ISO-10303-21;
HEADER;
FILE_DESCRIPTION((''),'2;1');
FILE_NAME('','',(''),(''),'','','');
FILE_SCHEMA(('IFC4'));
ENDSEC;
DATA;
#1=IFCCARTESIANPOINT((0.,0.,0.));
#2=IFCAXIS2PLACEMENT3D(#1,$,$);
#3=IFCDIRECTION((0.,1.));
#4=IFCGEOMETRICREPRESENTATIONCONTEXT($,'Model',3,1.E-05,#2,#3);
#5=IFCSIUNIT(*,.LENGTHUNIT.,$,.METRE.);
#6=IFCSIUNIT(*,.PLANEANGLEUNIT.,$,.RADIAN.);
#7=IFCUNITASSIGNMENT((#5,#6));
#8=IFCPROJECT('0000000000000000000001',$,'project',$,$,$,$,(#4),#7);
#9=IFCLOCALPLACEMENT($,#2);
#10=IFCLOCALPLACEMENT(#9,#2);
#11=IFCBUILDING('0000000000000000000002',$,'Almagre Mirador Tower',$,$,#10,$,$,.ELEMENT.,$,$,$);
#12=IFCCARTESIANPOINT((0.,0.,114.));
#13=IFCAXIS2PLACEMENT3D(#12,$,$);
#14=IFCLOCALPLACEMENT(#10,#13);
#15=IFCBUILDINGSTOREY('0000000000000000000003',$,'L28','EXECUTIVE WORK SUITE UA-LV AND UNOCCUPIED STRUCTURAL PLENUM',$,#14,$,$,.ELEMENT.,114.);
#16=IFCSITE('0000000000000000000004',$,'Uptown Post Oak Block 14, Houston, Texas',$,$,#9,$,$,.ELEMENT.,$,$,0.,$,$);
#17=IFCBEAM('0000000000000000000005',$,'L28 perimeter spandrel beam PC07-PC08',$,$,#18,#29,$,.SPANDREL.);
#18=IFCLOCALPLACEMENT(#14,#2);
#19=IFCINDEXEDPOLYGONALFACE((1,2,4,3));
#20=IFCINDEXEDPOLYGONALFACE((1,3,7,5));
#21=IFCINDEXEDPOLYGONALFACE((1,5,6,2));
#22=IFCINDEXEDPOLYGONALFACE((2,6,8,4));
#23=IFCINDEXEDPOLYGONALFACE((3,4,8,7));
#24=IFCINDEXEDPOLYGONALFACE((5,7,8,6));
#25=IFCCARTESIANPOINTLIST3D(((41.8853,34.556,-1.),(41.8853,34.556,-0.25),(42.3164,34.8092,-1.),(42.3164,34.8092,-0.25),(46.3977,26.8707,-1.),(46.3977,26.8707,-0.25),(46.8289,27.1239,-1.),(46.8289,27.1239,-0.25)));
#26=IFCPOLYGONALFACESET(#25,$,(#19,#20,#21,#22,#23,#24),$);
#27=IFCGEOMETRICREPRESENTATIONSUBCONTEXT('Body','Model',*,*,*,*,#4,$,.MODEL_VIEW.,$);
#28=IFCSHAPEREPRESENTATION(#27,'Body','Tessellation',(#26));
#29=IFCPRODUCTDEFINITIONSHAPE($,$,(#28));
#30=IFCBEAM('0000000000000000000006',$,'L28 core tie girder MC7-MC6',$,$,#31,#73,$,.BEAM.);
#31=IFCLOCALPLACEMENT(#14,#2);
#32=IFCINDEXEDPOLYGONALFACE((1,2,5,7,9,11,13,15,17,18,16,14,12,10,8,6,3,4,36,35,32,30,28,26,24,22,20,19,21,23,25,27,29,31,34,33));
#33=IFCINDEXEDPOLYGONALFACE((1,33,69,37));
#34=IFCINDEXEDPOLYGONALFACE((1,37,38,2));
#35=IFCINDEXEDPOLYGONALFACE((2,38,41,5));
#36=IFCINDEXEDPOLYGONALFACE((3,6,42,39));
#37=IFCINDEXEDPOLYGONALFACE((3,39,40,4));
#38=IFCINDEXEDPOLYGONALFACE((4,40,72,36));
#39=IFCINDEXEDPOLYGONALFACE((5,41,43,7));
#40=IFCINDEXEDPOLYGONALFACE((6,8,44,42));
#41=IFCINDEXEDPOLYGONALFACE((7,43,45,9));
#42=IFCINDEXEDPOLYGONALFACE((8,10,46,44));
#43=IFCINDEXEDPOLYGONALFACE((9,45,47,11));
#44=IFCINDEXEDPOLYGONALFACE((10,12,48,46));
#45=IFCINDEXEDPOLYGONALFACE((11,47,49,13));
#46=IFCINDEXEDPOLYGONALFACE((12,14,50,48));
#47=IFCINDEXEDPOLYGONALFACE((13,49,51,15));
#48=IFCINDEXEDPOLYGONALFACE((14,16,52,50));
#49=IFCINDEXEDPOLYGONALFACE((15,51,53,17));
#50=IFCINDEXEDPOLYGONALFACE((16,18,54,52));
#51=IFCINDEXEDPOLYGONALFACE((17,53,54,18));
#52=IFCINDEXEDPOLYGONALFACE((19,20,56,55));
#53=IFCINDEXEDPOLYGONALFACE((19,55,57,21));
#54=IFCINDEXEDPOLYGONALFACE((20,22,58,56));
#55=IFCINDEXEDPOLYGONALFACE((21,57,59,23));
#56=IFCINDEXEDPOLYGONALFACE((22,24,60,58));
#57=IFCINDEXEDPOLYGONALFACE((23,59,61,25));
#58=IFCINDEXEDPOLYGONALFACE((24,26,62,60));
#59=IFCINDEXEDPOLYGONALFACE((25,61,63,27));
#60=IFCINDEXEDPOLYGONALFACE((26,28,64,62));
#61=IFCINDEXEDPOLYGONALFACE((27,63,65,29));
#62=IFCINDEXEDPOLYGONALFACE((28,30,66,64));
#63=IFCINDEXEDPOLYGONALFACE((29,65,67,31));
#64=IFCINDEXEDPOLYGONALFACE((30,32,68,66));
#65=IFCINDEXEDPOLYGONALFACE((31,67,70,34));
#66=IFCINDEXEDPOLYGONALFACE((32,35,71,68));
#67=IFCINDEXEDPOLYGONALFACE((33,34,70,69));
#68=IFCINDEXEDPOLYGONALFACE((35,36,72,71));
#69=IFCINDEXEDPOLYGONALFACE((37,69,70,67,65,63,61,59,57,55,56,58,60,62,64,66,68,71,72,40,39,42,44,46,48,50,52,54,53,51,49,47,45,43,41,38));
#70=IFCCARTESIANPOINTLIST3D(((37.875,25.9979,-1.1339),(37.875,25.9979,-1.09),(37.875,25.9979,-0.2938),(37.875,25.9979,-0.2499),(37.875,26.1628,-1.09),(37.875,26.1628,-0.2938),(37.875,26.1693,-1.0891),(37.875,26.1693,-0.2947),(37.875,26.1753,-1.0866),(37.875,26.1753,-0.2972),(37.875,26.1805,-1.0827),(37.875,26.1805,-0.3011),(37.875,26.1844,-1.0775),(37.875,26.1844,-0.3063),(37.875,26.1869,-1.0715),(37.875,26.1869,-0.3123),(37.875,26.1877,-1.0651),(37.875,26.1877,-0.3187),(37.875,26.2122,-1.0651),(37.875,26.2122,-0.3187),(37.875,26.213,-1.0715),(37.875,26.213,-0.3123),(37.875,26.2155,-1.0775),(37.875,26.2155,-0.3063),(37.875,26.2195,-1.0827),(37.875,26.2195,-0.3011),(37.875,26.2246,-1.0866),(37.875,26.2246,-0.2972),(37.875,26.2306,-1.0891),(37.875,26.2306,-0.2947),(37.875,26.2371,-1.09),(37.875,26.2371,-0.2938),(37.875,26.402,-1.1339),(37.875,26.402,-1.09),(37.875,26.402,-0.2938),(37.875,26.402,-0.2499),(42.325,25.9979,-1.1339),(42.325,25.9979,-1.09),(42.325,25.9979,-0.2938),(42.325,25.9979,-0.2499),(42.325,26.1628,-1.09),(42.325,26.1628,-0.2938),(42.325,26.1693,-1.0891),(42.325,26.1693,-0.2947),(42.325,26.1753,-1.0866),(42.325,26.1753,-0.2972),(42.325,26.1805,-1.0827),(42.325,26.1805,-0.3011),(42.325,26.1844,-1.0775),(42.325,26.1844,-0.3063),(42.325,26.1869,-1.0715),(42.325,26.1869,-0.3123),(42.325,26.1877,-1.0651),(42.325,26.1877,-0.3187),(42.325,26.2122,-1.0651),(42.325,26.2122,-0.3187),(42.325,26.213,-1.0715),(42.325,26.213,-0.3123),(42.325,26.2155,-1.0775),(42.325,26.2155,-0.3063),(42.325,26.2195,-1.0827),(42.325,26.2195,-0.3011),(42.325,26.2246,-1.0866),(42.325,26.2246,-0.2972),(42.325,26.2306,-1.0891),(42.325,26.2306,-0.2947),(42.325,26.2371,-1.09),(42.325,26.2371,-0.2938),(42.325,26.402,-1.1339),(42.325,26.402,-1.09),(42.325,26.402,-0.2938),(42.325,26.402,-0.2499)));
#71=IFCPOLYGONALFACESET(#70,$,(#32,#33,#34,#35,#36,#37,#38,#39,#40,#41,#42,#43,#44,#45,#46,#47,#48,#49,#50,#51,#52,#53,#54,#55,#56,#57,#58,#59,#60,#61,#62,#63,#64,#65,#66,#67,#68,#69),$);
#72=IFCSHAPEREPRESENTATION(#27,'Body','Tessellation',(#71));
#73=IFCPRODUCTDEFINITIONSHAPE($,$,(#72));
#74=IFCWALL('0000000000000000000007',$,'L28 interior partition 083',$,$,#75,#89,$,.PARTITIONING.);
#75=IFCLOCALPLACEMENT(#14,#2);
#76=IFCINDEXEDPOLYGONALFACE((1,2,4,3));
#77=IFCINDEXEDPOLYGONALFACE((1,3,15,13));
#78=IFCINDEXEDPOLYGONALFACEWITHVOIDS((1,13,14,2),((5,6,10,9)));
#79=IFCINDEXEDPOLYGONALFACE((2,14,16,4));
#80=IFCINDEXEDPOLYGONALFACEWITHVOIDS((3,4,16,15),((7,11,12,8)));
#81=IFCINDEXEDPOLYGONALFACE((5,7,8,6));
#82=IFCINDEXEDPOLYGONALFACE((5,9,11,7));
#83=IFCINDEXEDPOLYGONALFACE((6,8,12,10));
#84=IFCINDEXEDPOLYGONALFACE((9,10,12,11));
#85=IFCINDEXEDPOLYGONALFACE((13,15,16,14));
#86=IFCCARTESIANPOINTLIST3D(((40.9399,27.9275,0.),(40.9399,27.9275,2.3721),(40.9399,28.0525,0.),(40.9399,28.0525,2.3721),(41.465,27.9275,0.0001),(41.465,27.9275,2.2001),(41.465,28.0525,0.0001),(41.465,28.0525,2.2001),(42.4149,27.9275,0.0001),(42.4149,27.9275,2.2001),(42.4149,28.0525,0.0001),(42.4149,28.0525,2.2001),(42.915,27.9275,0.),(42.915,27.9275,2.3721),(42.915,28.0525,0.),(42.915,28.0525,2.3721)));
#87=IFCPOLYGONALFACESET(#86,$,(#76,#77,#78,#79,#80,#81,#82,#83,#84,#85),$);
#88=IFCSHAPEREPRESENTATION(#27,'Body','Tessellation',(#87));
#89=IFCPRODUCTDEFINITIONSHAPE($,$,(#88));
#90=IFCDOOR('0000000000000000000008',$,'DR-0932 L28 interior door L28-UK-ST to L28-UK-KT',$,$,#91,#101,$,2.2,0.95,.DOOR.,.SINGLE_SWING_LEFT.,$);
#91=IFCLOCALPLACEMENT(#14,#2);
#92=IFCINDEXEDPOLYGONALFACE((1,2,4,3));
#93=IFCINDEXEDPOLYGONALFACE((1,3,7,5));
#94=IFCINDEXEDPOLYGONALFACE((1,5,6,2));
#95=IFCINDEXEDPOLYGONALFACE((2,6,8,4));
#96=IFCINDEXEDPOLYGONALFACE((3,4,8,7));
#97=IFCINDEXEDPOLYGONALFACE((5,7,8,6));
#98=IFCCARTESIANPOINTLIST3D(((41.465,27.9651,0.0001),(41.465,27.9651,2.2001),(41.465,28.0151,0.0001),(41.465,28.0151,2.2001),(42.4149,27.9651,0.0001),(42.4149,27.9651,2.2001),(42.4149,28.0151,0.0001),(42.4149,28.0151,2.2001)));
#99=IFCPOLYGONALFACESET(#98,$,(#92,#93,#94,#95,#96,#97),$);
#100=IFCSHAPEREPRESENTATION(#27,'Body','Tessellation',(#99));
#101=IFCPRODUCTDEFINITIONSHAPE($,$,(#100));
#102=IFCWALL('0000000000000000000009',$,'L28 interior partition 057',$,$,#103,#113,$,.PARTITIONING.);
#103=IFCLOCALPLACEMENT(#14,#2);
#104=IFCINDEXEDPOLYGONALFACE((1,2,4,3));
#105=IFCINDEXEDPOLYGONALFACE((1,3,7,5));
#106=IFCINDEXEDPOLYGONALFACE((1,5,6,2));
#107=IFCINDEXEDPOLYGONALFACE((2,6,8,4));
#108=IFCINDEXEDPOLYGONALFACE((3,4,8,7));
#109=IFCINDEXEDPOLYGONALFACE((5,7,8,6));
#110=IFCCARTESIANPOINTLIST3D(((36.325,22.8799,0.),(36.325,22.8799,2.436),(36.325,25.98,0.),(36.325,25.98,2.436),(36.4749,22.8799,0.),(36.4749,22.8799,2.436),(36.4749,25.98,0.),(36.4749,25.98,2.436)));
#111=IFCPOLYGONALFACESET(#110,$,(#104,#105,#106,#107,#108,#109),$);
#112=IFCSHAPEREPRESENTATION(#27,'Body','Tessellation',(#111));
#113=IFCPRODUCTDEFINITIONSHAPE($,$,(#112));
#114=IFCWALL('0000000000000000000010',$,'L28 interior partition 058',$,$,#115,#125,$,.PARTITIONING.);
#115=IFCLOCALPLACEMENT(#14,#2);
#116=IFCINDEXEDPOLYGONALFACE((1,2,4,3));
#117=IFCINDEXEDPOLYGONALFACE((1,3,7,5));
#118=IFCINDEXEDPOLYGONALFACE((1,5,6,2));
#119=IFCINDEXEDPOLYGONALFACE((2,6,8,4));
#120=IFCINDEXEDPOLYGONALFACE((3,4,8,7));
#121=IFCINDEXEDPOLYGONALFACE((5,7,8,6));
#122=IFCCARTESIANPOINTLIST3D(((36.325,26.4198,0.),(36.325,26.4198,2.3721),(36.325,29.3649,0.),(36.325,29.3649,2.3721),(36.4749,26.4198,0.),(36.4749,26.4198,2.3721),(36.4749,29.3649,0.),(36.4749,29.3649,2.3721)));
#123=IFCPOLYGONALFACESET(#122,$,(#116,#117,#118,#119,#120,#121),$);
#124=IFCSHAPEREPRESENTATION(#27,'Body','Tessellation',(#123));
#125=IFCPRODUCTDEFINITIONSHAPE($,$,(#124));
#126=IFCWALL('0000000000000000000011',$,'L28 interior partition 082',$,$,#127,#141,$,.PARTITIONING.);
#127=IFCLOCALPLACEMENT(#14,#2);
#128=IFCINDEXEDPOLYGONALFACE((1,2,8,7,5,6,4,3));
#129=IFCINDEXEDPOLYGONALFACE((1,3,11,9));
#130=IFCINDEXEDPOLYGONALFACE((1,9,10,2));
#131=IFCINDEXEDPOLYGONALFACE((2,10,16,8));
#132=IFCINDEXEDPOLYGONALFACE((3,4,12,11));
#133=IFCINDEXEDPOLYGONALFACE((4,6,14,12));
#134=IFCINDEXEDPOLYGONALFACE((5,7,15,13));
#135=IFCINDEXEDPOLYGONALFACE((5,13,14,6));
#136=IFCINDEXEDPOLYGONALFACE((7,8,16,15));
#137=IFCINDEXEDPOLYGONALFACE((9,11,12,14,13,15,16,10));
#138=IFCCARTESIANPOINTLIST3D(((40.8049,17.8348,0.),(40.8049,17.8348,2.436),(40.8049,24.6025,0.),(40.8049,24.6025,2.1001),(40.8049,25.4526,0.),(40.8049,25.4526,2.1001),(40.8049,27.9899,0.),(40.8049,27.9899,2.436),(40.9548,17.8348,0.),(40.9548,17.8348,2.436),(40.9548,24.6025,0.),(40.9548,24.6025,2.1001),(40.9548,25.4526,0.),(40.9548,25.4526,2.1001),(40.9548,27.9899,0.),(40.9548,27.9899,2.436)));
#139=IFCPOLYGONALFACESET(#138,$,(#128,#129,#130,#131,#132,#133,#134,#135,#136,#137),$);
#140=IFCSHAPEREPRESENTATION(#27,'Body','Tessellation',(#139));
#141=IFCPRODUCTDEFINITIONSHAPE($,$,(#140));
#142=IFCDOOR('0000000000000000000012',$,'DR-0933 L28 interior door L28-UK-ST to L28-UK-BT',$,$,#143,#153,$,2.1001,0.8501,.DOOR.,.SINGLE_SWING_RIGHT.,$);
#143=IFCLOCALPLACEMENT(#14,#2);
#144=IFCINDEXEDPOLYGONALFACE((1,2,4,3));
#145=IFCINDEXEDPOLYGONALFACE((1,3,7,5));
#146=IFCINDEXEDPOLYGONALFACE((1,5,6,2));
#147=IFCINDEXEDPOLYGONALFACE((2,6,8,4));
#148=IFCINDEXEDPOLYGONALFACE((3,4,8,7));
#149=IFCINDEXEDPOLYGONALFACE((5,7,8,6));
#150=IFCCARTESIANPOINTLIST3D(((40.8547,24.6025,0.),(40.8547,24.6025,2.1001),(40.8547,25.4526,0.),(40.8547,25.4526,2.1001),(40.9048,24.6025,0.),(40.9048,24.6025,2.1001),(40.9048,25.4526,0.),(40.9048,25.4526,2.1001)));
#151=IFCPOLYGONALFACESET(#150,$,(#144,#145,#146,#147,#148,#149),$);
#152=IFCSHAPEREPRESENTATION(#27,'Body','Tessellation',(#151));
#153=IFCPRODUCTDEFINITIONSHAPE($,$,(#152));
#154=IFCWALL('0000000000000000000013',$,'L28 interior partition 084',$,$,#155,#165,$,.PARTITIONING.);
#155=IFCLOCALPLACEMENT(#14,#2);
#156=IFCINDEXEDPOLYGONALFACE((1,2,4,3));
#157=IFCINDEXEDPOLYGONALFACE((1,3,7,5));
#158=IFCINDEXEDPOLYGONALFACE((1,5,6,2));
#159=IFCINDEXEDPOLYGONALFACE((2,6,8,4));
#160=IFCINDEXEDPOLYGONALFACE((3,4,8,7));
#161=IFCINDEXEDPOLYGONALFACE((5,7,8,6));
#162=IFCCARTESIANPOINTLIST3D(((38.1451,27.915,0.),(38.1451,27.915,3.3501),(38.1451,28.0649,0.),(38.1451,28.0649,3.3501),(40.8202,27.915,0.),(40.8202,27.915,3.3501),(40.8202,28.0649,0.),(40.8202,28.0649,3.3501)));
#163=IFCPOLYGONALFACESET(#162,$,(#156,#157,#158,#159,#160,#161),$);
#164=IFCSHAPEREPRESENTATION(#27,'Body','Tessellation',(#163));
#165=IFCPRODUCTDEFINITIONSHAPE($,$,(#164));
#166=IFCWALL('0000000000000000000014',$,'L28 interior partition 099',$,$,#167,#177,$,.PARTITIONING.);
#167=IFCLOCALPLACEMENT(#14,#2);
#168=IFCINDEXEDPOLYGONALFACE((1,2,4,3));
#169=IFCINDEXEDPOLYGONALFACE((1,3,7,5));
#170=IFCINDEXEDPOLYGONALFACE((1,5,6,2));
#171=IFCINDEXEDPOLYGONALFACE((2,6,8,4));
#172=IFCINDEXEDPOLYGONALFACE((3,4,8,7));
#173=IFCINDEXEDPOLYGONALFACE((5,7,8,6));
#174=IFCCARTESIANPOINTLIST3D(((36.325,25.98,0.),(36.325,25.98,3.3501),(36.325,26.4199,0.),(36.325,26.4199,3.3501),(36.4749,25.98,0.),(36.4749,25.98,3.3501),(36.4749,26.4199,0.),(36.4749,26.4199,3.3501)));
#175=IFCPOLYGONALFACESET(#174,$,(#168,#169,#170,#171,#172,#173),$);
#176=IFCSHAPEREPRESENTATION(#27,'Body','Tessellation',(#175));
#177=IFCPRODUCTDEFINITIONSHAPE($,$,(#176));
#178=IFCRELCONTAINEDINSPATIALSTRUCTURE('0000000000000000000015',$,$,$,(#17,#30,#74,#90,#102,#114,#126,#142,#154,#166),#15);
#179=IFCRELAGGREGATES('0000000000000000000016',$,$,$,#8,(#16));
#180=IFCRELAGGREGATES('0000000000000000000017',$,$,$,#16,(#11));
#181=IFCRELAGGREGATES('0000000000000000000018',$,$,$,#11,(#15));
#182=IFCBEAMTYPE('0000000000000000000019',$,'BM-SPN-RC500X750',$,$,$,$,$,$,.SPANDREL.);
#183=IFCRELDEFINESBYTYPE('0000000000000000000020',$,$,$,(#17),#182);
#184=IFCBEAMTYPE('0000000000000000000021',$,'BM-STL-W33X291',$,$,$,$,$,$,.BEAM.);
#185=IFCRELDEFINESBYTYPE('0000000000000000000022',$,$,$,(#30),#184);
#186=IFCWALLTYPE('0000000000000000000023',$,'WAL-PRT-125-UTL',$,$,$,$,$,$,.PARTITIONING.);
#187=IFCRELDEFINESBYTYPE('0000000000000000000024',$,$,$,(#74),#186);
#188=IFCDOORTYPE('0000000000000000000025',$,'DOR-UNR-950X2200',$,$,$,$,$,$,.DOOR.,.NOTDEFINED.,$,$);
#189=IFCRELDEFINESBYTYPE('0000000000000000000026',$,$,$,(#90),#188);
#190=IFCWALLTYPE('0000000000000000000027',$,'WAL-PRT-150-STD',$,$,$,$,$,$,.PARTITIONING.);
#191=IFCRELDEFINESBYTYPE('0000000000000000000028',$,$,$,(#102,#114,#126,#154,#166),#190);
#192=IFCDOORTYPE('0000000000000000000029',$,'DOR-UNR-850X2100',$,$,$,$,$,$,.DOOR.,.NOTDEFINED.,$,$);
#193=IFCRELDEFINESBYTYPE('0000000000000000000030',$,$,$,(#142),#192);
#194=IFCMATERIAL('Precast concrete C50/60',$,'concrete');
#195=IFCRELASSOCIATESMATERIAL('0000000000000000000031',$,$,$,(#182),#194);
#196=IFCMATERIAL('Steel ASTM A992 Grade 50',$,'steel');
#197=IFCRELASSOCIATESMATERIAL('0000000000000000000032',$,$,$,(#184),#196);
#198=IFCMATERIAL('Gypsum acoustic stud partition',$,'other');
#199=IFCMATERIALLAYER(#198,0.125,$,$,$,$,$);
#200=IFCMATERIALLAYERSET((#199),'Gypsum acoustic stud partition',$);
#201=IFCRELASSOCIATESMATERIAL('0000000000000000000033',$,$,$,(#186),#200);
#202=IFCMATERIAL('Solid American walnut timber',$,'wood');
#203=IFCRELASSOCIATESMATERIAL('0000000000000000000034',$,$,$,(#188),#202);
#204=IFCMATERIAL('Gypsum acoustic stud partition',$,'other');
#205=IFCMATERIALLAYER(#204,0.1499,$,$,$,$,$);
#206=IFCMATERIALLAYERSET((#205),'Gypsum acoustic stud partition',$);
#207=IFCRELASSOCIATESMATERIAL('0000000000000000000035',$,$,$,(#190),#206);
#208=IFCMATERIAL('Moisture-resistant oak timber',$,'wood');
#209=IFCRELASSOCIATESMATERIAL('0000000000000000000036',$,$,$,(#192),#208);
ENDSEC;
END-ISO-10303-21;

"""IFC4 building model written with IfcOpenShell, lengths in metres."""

from ifc_helpers import new_model, si_unit, direction, frame, frame_2d, origin, origin_2d, place, context, subcontext, project, spatial, rectangle, i_section, extrude, material, layer, layer_set, material_profile, profile_set, type_object, element, fill, save


model = new_model("IFC4")

# Units and contexts
model_context = context("Model", 3, precision=1e-05, world=origin(), true_north=direction((0.0, 1.0)))
body_context = subcontext(model_context, "Body", "Model", "MODEL_VIEW")
ifc_project = project(units=[si_unit("LENGTHUNIT", "METRE"), si_unit("PLANEANGLEUNIT", "RADIAN")], contexts=[model_context])

# Site, building, storey
site_placement = place(None, origin())
site = spatial("IfcSite", under=ifc_project, at=site_placement, Name="Uptown Post Oak Block 14, Houston, Texas", CompositionType="ELEMENT", RefElevation=0.0)
building_placement = place(site_placement, origin())
building = spatial("IfcBuilding", under=site, at=building_placement, Name="Almagre Mirador Tower", CompositionType="ELEMENT")
storey_placement = place(building_placement, frame((0.0, 0.0, 114.0)))
storey = spatial("IfcBuildingStorey", under=building, at=storey_placement, Name="L28", Description="EXECUTIVE WORK SUITE UA-LV AND UNOCCUPIED STRUCTURAL PLENUM", CompositionType="ELEMENT", Elevation=114.0)

# Beams
ifc_material_1 = material(Name="Precast concrete C50/60", Category="concrete")
ifc_material_profile_1 = material_profile(ifc_material_1, rectangle(XDim=0.5, YDim=0.75, at=origin_2d()), Name="RC500X750")
ifc_profile_set_1 = profile_set([ifc_material_profile_1], Name="Precast concrete C50/60")
beam_type_1 = type_object("IfcBeamType", Name="BM-SPN-RC500X750", PredefinedType="SPANDREL", material=ifc_profile_set_1)
beam_1_placement = place(storey_placement, frame((46.6133, 26.9973, -0.625), z_axis=(-0.506327, 0.862342, 0.0), x_axis=(-0.862342, -0.506327, 0.0)))
element("IfcBeam", 1, at=beam_1_placement, inside=storey, type_object=beam_type_1, Name="L28 perimeter spandrel beam PC07-PC08", PredefinedType="SPANDREL", context=body_context, shape_type="SweptSolid", body=[
    extrude(rectangle(XDim=0.5, YDim=0.75, at=origin_2d()), origin(), (0.0, 0.0, 1.0), 8.9121),
])
ifc_material_2 = material(Name="Steel ASTM A992 Grade 50", Category="steel")
ifc_material_profile_2 = material_profile(ifc_material_2, i_section(OverallWidth=0.4041, OverallDepth=0.884, WebThickness=0.0244, FlangeThickness=0.0439, FilletRadius=0.0249, at=origin_2d()), Name="W33X291")
ifc_profile_set_2 = profile_set([ifc_material_profile_2], Name="Steel ASTM A992 Grade 50")
beam_type_2 = type_object("IfcBeamType", Name="BM-STL-W33X291", PredefinedType="BEAM", material=ifc_profile_set_2)
beam_2_placement = place(storey_placement, frame((37.875, 26.2, -0.6919), z_axis=(1.0, 0.0, 0.0), x_axis=(0.0, 1.0, 0.0)))
element("IfcBeam", 2, at=beam_2_placement, inside=storey, type_object=beam_type_2, Name="L28 core tie girder MC7-MC6", PredefinedType="BEAM", context=body_context, shape_type="SweptSolid", body=[
    extrude(i_section(OverallWidth=0.4041, OverallDepth=0.884, WebThickness=0.0244, FlangeThickness=0.0439, FilletRadius=0.0249, at=origin_2d()), origin(), (0.0, 0.0, 1.0), 4.45),
])

# Wall, opening, door
ifc_material_3 = material(Name="Gypsum acoustic stud partition", Category="other")
ifc_layer_1 = layer(ifc_material_3, 0.125)
ifc_layer_set_1 = layer_set([ifc_layer_1], Name="Gypsum acoustic stud partition")
wall_type_1 = type_object("IfcWallType", Name="WAL-PRT-125-UTL", PredefinedType="PARTITIONING", material=ifc_layer_set_1)
wall_1_placement = place(storey_placement, frame((42.915, 27.99, 0.0), z_axis=(0.0, 0.0, 1.0), x_axis=(-1.0, 0.0, 0.0)))
wall_1 = element("IfcWall", 3, at=wall_1_placement, inside=storey, type_object=wall_type_1, Name="L28 interior partition 083", PredefinedType="PARTITIONING", context=body_context, shape_type="SweptSolid", body=[
    extrude(rectangle(XDim=1.9751, YDim=0.125, at=frame_2d((0.9875, 0.0))), origin(), (0.0, 0.0, 1.0), 2.3721),
])
opening_1_placement = place(wall_1_placement, frame((0.5, 0.0, 0.0)))
opening_1 = element("IfcOpeningElement", 4, at=opening_1_placement, cuts=wall_1, PredefinedType="OPENING", context=body_context, shape_type="SweptSolid", body=[
    extrude(rectangle(XDim=0.95, YDim=2.2, at=frame_2d((0.4751, 1.1001))), frame((0.0, 0.0725, 0.0), z_axis=(0.0, -1.0, 0.0), x_axis=(1.0, 0.0, 0.0)), (0.0, 0.0, 1.0), 0.145),
])
ifc_material_4 = material(Name="Solid American walnut timber", Category="wood")
door_type_1 = type_object("IfcDoorType", Name="DOR-UNR-950X2200", OperationType="NOTDEFINED", PredefinedType="DOOR", material=ifc_material_4)
door_1_placement = place(opening_1_placement, origin())
door_1 = element("IfcDoor", 5, at=door_1_placement, inside=storey, type_object=door_type_1, Name="DR-0932 L28 interior door L28-UK-ST to L28-UK-KT", OperationType="SINGLE_SWING_LEFT", OverallHeight=2.2, OverallWidth=0.95, PredefinedType="DOOR", context=body_context, shape_type="SweptSolid", body=[
    extrude(rectangle(XDim=0.95, YDim=2.2, at=frame_2d((0.4751, 1.1001))), frame((0.0, 0.0249, 0.0), z_axis=(0.0, -1.0, 0.0), x_axis=(1.0, 0.0, 0.0)), (0.0, 0.0, 1.0), 0.05),
])
fill(opening_1, door_1)

# Walls
ifc_material_5 = material(Name="Gypsum acoustic stud partition", Category="other")
ifc_layer_2 = layer(ifc_material_5, 0.1499)
ifc_layer_set_2 = layer_set([ifc_layer_2], Name="Gypsum acoustic stud partition")
wall_type_2 = type_object("IfcWallType", Name="WAL-PRT-150-STD", PredefinedType="PARTITIONING", material=ifc_layer_set_2)
wall_2_placement = place(storey_placement, frame((36.3999, 25.98, 0.0), z_axis=(0.0, 0.0, 1.0), x_axis=(0.0, -1.0, 0.0)))
element("IfcWall", 6, at=wall_2_placement, inside=storey, type_object=wall_type_2, Name="L28 interior partition 057", PredefinedType="PARTITIONING", context=body_context, shape_type="SweptSolid", body=[
    extrude(rectangle(XDim=3.1001, YDim=0.1499, at=frame_2d((1.55, 0.0))), origin(), (0.0, 0.0, 1.0), 2.436),
])
wall_3_placement = place(storey_placement, frame((36.3999, 29.365, 0.0), z_axis=(0.0, 0.0, 1.0), x_axis=(0.0, -1.0, 0.0)))
element("IfcWall", 7, at=wall_3_placement, inside=storey, type_object=wall_type_2, Name="L28 interior partition 058", PredefinedType="PARTITIONING", context=body_context, shape_type="SweptSolid", body=[
    extrude(rectangle(XDim=2.9451, YDim=0.1499, at=frame_2d((1.4727, 0.0))), origin(), (0.0, 0.0, 1.0), 2.3721),
])

# Wall, opening, door
wall_4_placement = place(storey_placement, frame((40.8799, 27.99, 0.0), z_axis=(0.0, 0.0, 1.0), x_axis=(0.0, -1.0, 0.0)))
wall_4 = element("IfcWall", 8, at=wall_4_placement, inside=storey, type_object=wall_type_2, Name="L28 interior partition 082", PredefinedType="PARTITIONING", context=body_context, shape_type="SweptSolid", body=[
    extrude(rectangle(XDim=10.155, YDim=0.1499, at=frame_2d((5.0776, 0.0))), origin(), (0.0, 0.0, 1.0), 2.436),
])
opening_2_placement = place(wall_4_placement, frame((2.5374, 0.0, 0.0)))
opening_2 = element("IfcOpeningElement", 9, at=opening_2_placement, cuts=wall_4, PredefinedType="OPENING", context=body_context, shape_type="SweptSolid", body=[
    extrude(rectangle(XDim=0.8501, YDim=2.1001, at=frame_2d((0.425, 1.05))), frame((0.0, 0.085, 0.0), z_axis=(0.0, -1.0, 0.0), x_axis=(1.0, 0.0, 0.0)), (0.0, 0.0, 1.0), 0.1699),
])
ifc_material_6 = material(Name="Moisture-resistant oak timber", Category="wood")
door_type_2 = type_object("IfcDoorType", Name="DOR-UNR-850X2100", OperationType="NOTDEFINED", PredefinedType="DOOR", material=ifc_material_6)
door_2_placement = place(opening_2_placement, origin())
door_2 = element("IfcDoor", 10, at=door_2_placement, inside=storey, type_object=door_type_2, Name="DR-0933 L28 interior door L28-UK-ST to L28-UK-BT", OperationType="SINGLE_SWING_RIGHT", OverallHeight=2.1001, OverallWidth=0.8501, PredefinedType="DOOR", context=body_context, shape_type="SweptSolid", body=[
    extrude(rectangle(XDim=0.8501, YDim=2.1001, at=frame_2d((0.425, 1.05))), frame((0.0, 0.0249, 0.0), z_axis=(0.0, -1.0, 0.0), x_axis=(1.0, 0.0, 0.0)), (0.0, 0.0, 1.0), 0.05),
])
fill(opening_2, door_2)

# Walls
wall_5_placement = place(storey_placement, frame((40.8201, 27.99, 0.0), z_axis=(0.0, 0.0, 1.0), x_axis=(-1.0, 0.0, 0.0)))
element("IfcWall", 11, at=wall_5_placement, inside=storey, type_object=wall_type_2, Name="L28 interior partition 084", PredefinedType="PARTITIONING", context=body_context, shape_type="SweptSolid", body=[
    extrude(rectangle(XDim=2.675, YDim=0.1499, at=frame_2d((1.3374, 0.0))), origin(), (0.0, 0.0, 1.0), 3.3501),
])
wall_6_placement = place(storey_placement, frame((36.3999, 25.98, 0.0), z_axis=(0.0, 0.0, 1.0), x_axis=(0.0, 1.0, 0.0)))
element("IfcWall", 12, at=wall_6_placement, inside=storey, type_object=wall_type_2, Name="L28 interior partition 099", PredefinedType="PARTITIONING", context=body_context, shape_type="SweptSolid", body=[
    extrude(rectangle(XDim=0.4399, YDim=0.1499, at=frame_2d((0.22, 0.0))), origin(), (0.0, 0.0, 1.0), 3.3501),
])

save(model, "model.ifc")
